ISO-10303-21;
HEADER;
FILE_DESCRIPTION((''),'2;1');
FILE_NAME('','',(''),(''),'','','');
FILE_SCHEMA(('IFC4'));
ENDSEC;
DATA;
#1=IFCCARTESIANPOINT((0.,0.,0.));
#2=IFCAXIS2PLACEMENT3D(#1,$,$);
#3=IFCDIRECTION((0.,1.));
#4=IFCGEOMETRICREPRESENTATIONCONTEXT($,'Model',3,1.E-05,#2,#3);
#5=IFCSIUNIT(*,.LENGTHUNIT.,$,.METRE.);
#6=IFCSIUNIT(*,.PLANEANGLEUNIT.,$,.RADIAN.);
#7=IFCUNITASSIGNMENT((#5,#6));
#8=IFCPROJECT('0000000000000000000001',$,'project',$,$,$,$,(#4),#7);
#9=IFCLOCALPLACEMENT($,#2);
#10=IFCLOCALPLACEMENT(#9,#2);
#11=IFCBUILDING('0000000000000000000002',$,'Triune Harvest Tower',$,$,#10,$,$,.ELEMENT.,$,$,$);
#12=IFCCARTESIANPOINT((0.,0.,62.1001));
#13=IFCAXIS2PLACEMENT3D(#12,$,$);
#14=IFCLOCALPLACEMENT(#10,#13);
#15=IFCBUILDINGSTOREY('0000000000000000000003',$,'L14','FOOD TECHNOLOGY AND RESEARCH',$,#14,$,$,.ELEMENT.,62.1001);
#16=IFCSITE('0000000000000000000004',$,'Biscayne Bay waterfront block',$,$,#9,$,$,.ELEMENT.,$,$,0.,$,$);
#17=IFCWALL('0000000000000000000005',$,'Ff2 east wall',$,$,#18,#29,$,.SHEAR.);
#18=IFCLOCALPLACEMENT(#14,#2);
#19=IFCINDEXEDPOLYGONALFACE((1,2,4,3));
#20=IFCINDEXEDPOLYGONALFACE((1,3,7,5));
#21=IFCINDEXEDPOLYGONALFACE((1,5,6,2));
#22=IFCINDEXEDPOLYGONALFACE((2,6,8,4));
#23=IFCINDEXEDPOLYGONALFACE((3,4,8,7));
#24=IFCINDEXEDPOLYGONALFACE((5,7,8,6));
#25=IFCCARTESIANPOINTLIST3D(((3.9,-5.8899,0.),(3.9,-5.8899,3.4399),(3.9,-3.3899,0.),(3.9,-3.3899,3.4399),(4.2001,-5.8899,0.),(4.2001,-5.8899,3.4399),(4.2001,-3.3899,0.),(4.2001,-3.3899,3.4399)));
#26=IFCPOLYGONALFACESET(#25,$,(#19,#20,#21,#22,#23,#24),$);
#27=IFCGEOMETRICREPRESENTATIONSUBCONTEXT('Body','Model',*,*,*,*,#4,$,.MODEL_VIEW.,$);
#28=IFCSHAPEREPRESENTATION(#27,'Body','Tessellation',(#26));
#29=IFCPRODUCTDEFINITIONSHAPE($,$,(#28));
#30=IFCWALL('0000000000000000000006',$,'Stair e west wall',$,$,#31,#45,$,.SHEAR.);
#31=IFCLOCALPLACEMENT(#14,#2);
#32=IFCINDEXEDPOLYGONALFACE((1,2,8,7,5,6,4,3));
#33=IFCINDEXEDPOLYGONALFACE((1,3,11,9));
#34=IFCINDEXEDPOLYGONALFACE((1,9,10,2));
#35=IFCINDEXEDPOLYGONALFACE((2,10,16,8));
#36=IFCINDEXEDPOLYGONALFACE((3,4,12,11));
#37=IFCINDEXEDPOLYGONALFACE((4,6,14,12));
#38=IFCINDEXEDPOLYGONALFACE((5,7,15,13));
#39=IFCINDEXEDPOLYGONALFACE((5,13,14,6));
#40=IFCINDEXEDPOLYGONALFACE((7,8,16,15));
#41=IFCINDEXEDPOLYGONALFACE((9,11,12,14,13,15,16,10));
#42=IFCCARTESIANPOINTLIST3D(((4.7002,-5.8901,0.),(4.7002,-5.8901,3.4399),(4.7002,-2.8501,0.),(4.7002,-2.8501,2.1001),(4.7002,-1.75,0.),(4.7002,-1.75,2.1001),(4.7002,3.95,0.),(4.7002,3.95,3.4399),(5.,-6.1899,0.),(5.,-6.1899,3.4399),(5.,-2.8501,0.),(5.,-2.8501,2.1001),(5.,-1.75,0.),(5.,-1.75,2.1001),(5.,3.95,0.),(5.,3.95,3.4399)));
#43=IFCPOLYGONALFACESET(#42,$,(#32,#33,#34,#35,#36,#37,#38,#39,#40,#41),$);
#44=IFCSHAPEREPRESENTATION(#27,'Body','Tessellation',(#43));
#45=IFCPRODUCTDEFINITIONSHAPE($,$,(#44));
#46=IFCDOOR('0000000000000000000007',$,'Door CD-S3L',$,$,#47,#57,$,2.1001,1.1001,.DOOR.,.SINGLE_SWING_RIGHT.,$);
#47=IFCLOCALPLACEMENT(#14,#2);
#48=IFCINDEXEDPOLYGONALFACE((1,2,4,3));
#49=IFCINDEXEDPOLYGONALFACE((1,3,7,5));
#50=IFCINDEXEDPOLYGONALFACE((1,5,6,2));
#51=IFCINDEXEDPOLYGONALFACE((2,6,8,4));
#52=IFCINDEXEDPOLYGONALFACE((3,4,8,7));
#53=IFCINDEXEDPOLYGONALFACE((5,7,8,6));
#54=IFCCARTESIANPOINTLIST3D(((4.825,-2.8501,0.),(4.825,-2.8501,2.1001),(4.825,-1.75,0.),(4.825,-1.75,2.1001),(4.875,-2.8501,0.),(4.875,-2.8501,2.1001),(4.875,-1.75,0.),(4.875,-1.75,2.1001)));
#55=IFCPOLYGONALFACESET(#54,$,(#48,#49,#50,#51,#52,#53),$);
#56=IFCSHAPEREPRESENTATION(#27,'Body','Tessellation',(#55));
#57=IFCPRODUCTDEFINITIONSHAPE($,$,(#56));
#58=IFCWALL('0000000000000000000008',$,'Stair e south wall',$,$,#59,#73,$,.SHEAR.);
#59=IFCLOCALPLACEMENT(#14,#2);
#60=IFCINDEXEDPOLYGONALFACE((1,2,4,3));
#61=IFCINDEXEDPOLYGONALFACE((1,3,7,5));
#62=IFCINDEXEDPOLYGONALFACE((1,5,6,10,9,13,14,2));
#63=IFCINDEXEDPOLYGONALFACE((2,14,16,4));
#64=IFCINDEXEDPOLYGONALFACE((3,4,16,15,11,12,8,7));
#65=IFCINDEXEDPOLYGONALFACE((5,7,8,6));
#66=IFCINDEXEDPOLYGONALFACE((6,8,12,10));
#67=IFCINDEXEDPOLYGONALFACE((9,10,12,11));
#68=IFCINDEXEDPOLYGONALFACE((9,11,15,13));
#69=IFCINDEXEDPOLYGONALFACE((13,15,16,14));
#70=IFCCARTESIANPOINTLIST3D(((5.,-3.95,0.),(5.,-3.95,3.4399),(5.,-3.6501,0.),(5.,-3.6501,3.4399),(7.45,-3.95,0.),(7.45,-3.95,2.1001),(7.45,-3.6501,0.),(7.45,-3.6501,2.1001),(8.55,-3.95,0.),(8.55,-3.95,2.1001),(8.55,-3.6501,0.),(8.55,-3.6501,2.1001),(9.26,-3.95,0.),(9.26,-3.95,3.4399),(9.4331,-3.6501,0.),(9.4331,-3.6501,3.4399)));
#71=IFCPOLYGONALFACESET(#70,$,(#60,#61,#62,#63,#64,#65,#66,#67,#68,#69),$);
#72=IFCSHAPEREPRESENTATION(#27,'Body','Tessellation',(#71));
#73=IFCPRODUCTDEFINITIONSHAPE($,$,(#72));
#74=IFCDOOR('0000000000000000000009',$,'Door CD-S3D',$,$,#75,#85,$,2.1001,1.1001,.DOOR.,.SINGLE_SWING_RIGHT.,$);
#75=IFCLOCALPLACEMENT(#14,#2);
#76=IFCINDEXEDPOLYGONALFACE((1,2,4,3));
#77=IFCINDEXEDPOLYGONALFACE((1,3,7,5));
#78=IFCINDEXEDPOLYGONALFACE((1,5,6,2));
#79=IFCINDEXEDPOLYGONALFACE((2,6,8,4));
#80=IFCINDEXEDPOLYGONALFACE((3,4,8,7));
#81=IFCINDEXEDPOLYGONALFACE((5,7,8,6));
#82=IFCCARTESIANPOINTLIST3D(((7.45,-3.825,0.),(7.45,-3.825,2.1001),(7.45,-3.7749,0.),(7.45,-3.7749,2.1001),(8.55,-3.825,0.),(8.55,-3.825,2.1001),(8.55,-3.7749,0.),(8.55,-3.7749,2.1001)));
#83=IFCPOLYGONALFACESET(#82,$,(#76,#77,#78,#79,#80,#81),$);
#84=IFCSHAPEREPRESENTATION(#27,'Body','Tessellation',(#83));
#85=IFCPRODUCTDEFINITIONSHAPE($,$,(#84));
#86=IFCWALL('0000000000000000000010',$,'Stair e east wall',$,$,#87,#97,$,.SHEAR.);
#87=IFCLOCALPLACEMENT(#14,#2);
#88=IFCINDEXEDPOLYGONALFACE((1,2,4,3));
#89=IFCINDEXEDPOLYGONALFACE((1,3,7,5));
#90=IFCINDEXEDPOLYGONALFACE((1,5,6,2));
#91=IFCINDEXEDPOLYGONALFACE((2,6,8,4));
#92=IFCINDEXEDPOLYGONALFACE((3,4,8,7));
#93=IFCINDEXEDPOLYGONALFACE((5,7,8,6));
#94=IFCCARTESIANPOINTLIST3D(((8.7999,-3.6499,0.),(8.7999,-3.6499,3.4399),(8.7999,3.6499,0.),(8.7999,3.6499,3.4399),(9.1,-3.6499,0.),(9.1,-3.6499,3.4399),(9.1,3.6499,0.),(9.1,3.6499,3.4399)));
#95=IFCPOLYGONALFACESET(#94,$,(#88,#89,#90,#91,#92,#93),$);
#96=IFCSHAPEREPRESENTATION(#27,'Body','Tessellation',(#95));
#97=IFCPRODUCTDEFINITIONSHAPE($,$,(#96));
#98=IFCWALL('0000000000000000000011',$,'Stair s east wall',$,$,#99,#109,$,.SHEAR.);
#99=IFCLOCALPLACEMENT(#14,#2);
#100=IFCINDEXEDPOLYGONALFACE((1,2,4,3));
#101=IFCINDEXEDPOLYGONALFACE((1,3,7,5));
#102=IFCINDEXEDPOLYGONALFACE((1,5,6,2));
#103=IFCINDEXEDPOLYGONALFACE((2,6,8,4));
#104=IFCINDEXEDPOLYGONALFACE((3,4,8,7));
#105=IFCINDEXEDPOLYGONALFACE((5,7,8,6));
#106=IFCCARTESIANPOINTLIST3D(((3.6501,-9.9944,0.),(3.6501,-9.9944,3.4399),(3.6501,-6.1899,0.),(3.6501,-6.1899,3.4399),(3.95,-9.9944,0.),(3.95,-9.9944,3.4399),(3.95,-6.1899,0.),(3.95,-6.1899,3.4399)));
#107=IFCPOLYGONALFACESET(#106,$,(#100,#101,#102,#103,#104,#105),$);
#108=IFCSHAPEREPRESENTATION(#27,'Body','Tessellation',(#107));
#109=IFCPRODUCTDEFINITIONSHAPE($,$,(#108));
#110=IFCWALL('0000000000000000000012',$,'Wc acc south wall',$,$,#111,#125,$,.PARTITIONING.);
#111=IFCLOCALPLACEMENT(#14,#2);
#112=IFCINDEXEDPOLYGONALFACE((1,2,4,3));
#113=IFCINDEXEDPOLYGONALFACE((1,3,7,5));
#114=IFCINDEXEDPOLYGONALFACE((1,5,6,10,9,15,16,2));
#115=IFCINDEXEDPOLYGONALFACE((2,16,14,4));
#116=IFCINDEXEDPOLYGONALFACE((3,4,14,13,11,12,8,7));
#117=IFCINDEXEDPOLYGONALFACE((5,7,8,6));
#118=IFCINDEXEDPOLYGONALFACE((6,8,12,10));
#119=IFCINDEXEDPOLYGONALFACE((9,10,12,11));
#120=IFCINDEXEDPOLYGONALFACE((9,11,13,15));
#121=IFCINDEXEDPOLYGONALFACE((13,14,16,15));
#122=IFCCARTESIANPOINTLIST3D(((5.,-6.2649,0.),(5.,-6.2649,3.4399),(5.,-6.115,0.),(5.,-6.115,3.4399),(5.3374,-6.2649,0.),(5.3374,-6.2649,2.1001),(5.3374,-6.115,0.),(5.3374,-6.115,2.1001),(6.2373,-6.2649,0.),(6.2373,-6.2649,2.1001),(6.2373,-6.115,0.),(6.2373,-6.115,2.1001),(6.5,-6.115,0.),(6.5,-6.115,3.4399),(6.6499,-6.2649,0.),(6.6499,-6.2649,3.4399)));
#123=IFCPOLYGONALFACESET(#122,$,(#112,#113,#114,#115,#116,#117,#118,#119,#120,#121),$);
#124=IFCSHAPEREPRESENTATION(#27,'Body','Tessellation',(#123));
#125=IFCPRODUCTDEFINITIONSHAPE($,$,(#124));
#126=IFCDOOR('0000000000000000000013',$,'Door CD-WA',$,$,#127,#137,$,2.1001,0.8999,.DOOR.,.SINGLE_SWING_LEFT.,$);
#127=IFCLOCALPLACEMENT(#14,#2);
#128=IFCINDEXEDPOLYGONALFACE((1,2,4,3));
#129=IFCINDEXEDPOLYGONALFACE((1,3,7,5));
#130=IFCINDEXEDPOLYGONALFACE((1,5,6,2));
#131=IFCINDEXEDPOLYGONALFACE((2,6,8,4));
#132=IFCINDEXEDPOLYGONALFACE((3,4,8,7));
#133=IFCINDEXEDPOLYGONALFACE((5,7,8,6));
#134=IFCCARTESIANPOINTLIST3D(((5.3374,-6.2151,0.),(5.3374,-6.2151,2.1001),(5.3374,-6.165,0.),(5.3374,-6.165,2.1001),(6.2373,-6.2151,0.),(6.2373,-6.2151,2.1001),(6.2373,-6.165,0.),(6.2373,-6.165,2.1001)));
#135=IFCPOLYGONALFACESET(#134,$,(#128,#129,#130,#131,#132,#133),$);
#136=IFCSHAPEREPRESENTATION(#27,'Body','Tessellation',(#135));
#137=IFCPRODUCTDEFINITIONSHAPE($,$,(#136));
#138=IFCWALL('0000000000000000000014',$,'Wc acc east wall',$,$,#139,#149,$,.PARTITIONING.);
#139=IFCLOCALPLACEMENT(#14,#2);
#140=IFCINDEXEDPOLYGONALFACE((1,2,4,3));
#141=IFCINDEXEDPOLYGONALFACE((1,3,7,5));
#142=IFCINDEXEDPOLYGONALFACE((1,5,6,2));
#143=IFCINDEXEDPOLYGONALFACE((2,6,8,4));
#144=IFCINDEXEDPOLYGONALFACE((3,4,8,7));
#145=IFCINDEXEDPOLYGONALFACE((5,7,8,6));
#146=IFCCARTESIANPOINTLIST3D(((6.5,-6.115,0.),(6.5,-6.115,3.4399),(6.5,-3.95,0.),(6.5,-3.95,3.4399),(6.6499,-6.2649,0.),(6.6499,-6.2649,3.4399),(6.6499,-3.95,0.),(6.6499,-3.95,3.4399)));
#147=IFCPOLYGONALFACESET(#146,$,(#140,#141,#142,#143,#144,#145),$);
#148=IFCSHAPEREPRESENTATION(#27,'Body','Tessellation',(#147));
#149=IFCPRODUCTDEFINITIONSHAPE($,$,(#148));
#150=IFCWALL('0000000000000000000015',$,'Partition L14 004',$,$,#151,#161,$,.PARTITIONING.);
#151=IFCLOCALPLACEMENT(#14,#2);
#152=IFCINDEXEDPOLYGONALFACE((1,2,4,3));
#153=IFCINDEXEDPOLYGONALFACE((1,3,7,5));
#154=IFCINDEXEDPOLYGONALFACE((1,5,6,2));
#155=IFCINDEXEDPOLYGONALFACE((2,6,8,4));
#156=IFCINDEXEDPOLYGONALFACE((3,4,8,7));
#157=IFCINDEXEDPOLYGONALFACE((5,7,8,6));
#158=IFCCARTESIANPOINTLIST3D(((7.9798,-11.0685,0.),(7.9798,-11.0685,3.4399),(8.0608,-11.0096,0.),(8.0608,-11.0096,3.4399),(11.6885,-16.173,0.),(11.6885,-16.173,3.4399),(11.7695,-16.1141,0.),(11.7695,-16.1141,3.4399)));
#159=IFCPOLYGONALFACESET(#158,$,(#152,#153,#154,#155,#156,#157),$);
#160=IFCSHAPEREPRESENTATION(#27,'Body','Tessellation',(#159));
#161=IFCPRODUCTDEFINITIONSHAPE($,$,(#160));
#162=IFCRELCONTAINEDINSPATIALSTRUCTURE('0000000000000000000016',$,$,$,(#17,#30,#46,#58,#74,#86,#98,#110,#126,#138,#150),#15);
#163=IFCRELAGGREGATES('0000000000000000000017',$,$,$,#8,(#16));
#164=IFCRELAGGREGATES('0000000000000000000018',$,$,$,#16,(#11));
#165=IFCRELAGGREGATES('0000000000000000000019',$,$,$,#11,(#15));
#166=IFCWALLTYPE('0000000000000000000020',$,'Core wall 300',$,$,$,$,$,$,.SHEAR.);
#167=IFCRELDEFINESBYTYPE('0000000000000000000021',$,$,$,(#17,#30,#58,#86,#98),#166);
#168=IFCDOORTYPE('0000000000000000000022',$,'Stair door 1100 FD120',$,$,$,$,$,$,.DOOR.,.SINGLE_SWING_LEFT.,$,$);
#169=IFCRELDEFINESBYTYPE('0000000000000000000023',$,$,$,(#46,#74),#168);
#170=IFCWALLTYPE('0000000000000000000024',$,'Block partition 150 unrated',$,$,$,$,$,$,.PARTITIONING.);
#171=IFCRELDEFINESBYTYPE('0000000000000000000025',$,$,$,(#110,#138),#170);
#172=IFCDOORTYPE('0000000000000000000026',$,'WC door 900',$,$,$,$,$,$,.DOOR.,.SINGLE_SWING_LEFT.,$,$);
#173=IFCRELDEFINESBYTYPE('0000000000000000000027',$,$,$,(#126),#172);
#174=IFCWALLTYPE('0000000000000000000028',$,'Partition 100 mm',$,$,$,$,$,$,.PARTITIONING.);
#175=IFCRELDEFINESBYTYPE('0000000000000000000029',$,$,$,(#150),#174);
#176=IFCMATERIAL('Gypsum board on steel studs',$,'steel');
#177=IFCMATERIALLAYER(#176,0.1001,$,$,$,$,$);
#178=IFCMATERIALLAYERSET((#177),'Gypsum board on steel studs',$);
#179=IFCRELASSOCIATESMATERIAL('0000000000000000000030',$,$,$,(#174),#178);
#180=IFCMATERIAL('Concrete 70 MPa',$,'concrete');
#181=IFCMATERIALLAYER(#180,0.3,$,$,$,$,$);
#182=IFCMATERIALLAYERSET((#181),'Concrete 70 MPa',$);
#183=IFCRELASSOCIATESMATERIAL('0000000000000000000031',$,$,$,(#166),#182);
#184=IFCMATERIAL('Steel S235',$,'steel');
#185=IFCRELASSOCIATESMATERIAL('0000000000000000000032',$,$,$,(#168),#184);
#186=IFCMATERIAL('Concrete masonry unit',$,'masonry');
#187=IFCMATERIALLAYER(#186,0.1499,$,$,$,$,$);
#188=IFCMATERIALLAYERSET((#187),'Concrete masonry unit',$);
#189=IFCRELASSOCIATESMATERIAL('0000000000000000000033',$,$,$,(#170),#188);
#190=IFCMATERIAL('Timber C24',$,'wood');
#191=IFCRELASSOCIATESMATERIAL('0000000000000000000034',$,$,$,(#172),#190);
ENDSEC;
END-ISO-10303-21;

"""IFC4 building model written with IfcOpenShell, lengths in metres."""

from ifc_helpers import new_model, si_unit, direction, frame, frame_2d, origin, place, context, subcontext, project, spatial, polyline, rectangle, outline, extrude, source, transform, mapped, material, layer, layer_set, type_object, element, fill, save


model = new_model("IFC4")

# Units and contexts
model_context = context("Model", 3, precision=1e-05, world=origin(), true_north=direction((0.0, 1.0)))
body_context = subcontext(model_context, "Body", "Model", "MODEL_VIEW")
ifc_project = project(units=[si_unit("LENGTHUNIT", "METRE"), si_unit("PLANEANGLEUNIT", "RADIAN")], contexts=[model_context])

# Site, building, storey
site_placement = place(None, origin())
site = spatial("IfcSite", under=ifc_project, at=site_placement, Name="Biscayne Bay waterfront block", CompositionType="ELEMENT", RefElevation=0.0)
building_placement = place(site_placement, origin())
building = spatial("IfcBuilding", under=site, at=building_placement, Name="Triune Harvest Tower", CompositionType="ELEMENT")
storey_placement = place(building_placement, frame((0.0, 0.0, 62.1001)))
storey = spatial("IfcBuildingStorey", under=building, at=storey_placement, Name="L14", Description="FOOD TECHNOLOGY AND RESEARCH", CompositionType="ELEMENT", Elevation=62.1001)

# Shared definitions
ifc_material_1 = material(Name="Gypsum board on steel studs", Category="steel")
ifc_layer_1 = layer(ifc_material_1, 0.1001)
ifc_layer_set_1 = layer_set([ifc_layer_1], Name="Gypsum board on steel studs")
wall_type_1 = type_object("IfcWallType", Name="Partition 100 mm", PredefinedType="PARTITIONING", material=ifc_layer_set_1)

# Wall
ifc_material_2 = material(Name="Concrete 70 MPa", Category="concrete")
ifc_layer_2 = layer(ifc_material_2, 0.3)
ifc_layer_set_2 = layer_set([ifc_layer_2], Name="Concrete 70 MPa")
wall_type_2 = type_object("IfcWallType", Name="Core wall 300", PredefinedType="SHEAR", material=ifc_layer_set_2)
shared_shape_1 = source(origin(), body_context, "Body", "SweptSolid", [
    extrude(rectangle(XDim=2.5, YDim=0.3, at=frame_2d((1.25, 0.0))), origin(), (0.0, 0.0, 1.0), 3.4399),
])
wall_1_placement = place(storey_placement, frame((4.05, -5.8899, 0.0), z_axis=(0.0, 0.0, 1.0), x_axis=(0.0, 1.0, 0.0)))
element("IfcWall", 1, at=wall_1_placement, inside=storey, type_object=wall_type_2, Name="Ff2 east wall", PredefinedType="SHEAR", context=body_context, shape_type="MappedRepresentation", body=[
    mapped(shared_shape_1, transform((0.0, 0.0, 0.0), scale=1.0)),
])

# Walls, openings, doors
shared_shape_2 = source(origin(), body_context, "Body", "SweptSolid", [
    extrude(outline(polyline([(-0.1499, -0.1499), (9.99, -0.1499), (9.99, 0.1499), (0.1499, 0.1499), (-0.1499, -0.1499)])), origin(), (0.0, 0.0, 1.0), 3.4399),
])
wall_2_placement = place(storey_placement, frame((4.8501, -6.04, 0.0), z_axis=(0.0, 0.0, 1.0), x_axis=(0.0, 1.0, 0.0)))
wall_2 = element("IfcWall", 2, at=wall_2_placement, inside=storey, type_object=wall_type_2, Name="Stair e west wall", PredefinedType="SHEAR", context=body_context, shape_type="MappedRepresentation", body=[
    mapped(shared_shape_2, transform((0.0, 0.0, 0.0), scale=1.0)),
])
opening_1_placement = place(wall_2_placement, frame((3.1899, 0.0, 0.0)))
opening_1 = element("IfcOpeningElement", 3, at=opening_1_placement, cuts=wall_2, PredefinedType="OPENING", context=body_context, shape_type="SweptSolid", body=[
    extrude(rectangle(XDim=1.1001, YDim=2.1001, at=frame_2d((0.55, 1.05))), frame((0.0, 0.1602, 0.0), z_axis=(0.0, -1.0, 0.0), x_axis=(1.0, 0.0, 0.0)), (0.0, 0.0, 1.0), 0.3201),
])
ifc_material_3 = material(Name="Steel S235", Category="steel")
door_type_1 = type_object("IfcDoorType", Name="Stair door 1100 FD120", OperationType="SINGLE_SWING_LEFT", PredefinedType="DOOR", material=ifc_material_3)
door_1_placement = place(opening_1_placement, frame((1.1001, 0.0, 0.0), z_axis=(0.0, 0.0, 1.0), x_axis=(-1.0, 0.0, 0.0)))
door_1 = element("IfcDoor", 4, at=door_1_placement, inside=storey, type_object=door_type_1, Name="Door CD-S3L", OperationType="SINGLE_SWING_RIGHT", OverallHeight=2.1001, OverallWidth=1.1001, PredefinedType="DOOR", context=body_context, shape_type="SweptSolid", body=[
    extrude(rectangle(XDim=1.1001, YDim=2.1001, at=frame_2d((0.55, 1.05))), frame((0.0, 0.0249, 0.0), z_axis=(0.0, -1.0, 0.0), x_axis=(1.0, 0.0, 0.0)), (0.0, 0.0, 1.0), 0.05),
])
fill(opening_1, door_1)
shared_shape_3 = source(origin(), body_context, "Body", "SweptSolid", [
    extrude(outline(polyline([(0.0, -0.1499), (0.0, 0.1499), (4.4331, 0.1499), (4.26, -0.1499), (0.0, -0.1499)])), origin(), (0.0, 0.0, 1.0), 3.4399),
])
wall_3_placement = place(storey_placement, frame((5.0, -3.8, 0.0), z_axis=(0.0, 0.0, 1.0), x_axis=(1.0, 0.0, 0.0)))
wall_3 = element("IfcWall", 5, at=wall_3_placement, inside=storey, type_object=wall_type_2, Name="Stair e south wall", PredefinedType="SHEAR", context=body_context, shape_type="MappedRepresentation", body=[
    mapped(shared_shape_3, transform((0.0, 0.0, 0.0), scale=1.0)),
])
opening_2_placement = place(wall_3_placement, frame((2.45, 0.0, 0.0)))
opening_2 = element("IfcOpeningElement", 6, at=opening_2_placement, cuts=wall_3, PredefinedType="OPENING", context=body_context, shape_type="SweptSolid", body=[
    extrude(rectangle(XDim=1.1001, YDim=2.1001, at=frame_2d((0.55, 1.05))), frame((0.0, 0.1602, 0.0), z_axis=(0.0, -1.0, 0.0), x_axis=(1.0, 0.0, 0.0)), (0.0, 0.0, 1.0), 0.3201),
])
door_2_placement = place(opening_2_placement, frame((1.1001, 0.0, 0.0), z_axis=(0.0, 0.0, 1.0), x_axis=(-1.0, 0.0, 0.0)))
door_2 = element("IfcDoor", 7, at=door_2_placement, inside=storey, type_object=door_type_1, Name="Door CD-S3D", OperationType="SINGLE_SWING_RIGHT", OverallHeight=2.1001, OverallWidth=1.1001, PredefinedType="DOOR", context=body_context, shape_type="SweptSolid", body=[
    extrude(rectangle(XDim=1.1001, YDim=2.1001, at=frame_2d((0.55, 1.05))), frame((0.0, 0.0249, 0.0), z_axis=(0.0, -1.0, 0.0), x_axis=(1.0, 0.0, 0.0)), (0.0, 0.0, 1.0), 0.05),
])
fill(opening_2, door_2)

# Walls
shared_shape_4 = source(origin(), body_context, "Body", "SweptSolid", [
    extrude(rectangle(XDim=7.2998, YDim=0.3, at=frame_2d((3.6499, 0.0))), origin(), (0.0, 0.0, 1.0), 3.4399),
])
wall_4_placement = place(storey_placement, frame((8.95, -3.6499, 0.0), z_axis=(0.0, 0.0, 1.0), x_axis=(0.0, 1.0, 0.0)))
element("IfcWall", 8, at=wall_4_placement, inside=storey, type_object=wall_type_2, Name="Stair e east wall", PredefinedType="SHEAR", context=body_context, shape_type="MappedRepresentation", body=[
    mapped(shared_shape_4, transform((0.0, 0.0, 0.0), scale=1.0)),
])
shared_shape_5 = source(origin(), body_context, "Body", "SweptSolid", [
    extrude(outline(polyline([(3.8, -0.1499), (-0.0044, -0.1499), (-0.0044, 0.1499), (3.8, 0.1499), (3.8, -0.1499)])), origin(), (0.0, 0.0, 1.0), 3.4399),
])
wall_5_placement = place(storey_placement, frame((3.8, -9.99, 0.0), z_axis=(0.0, 0.0, 1.0), x_axis=(0.0, 1.0, 0.0)))
element("IfcWall", 9, at=wall_5_placement, inside=storey, type_object=wall_type_2, Name="Stair s east wall", PredefinedType="SHEAR", context=body_context, shape_type="MappedRepresentation", body=[
    mapped(shared_shape_5, transform((0.0, 0.0, 0.0), scale=1.0)),
])

# Wall, opening, door
ifc_material_4 = material(Name="Concrete masonry unit", Category="masonry")
ifc_layer_3 = layer(ifc_material_4, 0.1499)
ifc_layer_set_3 = layer_set([ifc_layer_3], Name="Concrete masonry unit")
wall_type_3 = type_object("IfcWallType", Name="Block partition 150 unrated", PredefinedType="PARTITIONING", material=ifc_layer_set_3)
shared_shape_6 = source(origin(), body_context, "Body", "SweptSolid", [
    extrude(outline(polyline([(0.0, -0.075), (1.6499, -0.075), (1.5, 0.075), (0.0, 0.075), (0.0, -0.075)])), origin(), (0.0, 0.0, 1.0), 3.4399),
])
wall_6_placement = place(storey_placement, frame((5.0, -6.1899, 0.0), z_axis=(0.0, 0.0, 1.0), x_axis=(1.0, 0.0, 0.0)))
wall_6 = element("IfcWall", 10, at=wall_6_placement, inside=storey, type_object=wall_type_3, Name="Wc acc south wall", PredefinedType="PARTITIONING", context=body_context, shape_type="MappedRepresentation", body=[
    mapped(shared_shape_6, transform((0.0, 0.0, 0.0), scale=1.0)),
])
opening_3_placement = place(wall_6_placement, frame((0.3374, 0.0, 0.0)))
opening_3 = element("IfcOpeningElement", 11, at=opening_3_placement, cuts=wall_6, PredefinedType="OPENING", context=body_context, shape_type="SweptSolid", body=[
    extrude(rectangle(XDim=0.8999, YDim=2.1001, at=frame_2d((0.45, 1.05))), frame((0.0, 0.085, 0.0), z_axis=(0.0, -1.0, 0.0), x_axis=(1.0, 0.0, 0.0)), (0.0, 0.0, 1.0), 0.1699),
])
ifc_material_5 = material(Name="Timber C24", Category="wood")
door_type_2 = type_object("IfcDoorType", Name="WC door 900", OperationType="SINGLE_SWING_LEFT", PredefinedType="DOOR", material=ifc_material_5)
door_3_placement = place(opening_3_placement, origin())
door_3 = element("IfcDoor", 12, at=door_3_placement, inside=storey, type_object=door_type_2, Name="Door CD-WA", OperationType="SINGLE_SWING_LEFT", OverallHeight=2.1001, OverallWidth=0.8999, PredefinedType="DOOR", context=body_context, shape_type="SweptSolid", body=[
    extrude(rectangle(XDim=0.8999, YDim=2.1001, at=frame_2d((0.45, 1.05))), frame((0.0, 0.0249, 0.0), z_axis=(0.0, -1.0, 0.0), x_axis=(1.0, 0.0, 0.0)), (0.0, 0.0, 1.0), 0.05),
])
fill(opening_3, door_3)

# Walls
shared_shape_7 = source(origin(), body_context, "Body", "SweptSolid", [
    extrude(outline(polyline([(-0.075, -0.075), (2.24, -0.075), (2.24, 0.075), (0.075, 0.075), (-0.075, -0.075)])), origin(), (0.0, 0.0, 1.0), 3.4399),
])
wall_7_placement = place(storey_placement, frame((6.575, -6.1899, 0.0), z_axis=(0.0, 0.0, 1.0), x_axis=(0.0, 1.0, 0.0)))
element("IfcWall", 13, at=wall_7_placement, inside=storey, type_object=wall_type_3, Name="Wc acc east wall", PredefinedType="PARTITIONING", context=body_context, shape_type="MappedRepresentation", body=[
    mapped(shared_shape_7, transform((0.0, 0.0, 0.0), scale=1.0)),
])
shared_shape_8 = source(origin(), body_context, "Body", "SweptSolid", [
    extrude(rectangle(XDim=6.3096, YDim=0.1001, at=frame_2d((3.1548, 0.0))), origin(), (0.0, 0.0, 1.0), 3.4399),
])
wall_8_placement = place(storey_placement, frame((8.0203, -11.0391, 0.0), z_axis=(0.0, 0.0, 1.0), x_axis=(0.587797, -0.809009, 0.0)))
element("IfcWall", 14, at=wall_8_placement, inside=storey, type_object=wall_type_1, Name="Partition L14 004", PredefinedType="PARTITIONING", context=body_context, shape_type="MappedRepresentation", body=[
    mapped(shared_shape_8, transform((0.0, 0.0, 0.0), scale=1.0)),
])

save(model, "model.ifc")
